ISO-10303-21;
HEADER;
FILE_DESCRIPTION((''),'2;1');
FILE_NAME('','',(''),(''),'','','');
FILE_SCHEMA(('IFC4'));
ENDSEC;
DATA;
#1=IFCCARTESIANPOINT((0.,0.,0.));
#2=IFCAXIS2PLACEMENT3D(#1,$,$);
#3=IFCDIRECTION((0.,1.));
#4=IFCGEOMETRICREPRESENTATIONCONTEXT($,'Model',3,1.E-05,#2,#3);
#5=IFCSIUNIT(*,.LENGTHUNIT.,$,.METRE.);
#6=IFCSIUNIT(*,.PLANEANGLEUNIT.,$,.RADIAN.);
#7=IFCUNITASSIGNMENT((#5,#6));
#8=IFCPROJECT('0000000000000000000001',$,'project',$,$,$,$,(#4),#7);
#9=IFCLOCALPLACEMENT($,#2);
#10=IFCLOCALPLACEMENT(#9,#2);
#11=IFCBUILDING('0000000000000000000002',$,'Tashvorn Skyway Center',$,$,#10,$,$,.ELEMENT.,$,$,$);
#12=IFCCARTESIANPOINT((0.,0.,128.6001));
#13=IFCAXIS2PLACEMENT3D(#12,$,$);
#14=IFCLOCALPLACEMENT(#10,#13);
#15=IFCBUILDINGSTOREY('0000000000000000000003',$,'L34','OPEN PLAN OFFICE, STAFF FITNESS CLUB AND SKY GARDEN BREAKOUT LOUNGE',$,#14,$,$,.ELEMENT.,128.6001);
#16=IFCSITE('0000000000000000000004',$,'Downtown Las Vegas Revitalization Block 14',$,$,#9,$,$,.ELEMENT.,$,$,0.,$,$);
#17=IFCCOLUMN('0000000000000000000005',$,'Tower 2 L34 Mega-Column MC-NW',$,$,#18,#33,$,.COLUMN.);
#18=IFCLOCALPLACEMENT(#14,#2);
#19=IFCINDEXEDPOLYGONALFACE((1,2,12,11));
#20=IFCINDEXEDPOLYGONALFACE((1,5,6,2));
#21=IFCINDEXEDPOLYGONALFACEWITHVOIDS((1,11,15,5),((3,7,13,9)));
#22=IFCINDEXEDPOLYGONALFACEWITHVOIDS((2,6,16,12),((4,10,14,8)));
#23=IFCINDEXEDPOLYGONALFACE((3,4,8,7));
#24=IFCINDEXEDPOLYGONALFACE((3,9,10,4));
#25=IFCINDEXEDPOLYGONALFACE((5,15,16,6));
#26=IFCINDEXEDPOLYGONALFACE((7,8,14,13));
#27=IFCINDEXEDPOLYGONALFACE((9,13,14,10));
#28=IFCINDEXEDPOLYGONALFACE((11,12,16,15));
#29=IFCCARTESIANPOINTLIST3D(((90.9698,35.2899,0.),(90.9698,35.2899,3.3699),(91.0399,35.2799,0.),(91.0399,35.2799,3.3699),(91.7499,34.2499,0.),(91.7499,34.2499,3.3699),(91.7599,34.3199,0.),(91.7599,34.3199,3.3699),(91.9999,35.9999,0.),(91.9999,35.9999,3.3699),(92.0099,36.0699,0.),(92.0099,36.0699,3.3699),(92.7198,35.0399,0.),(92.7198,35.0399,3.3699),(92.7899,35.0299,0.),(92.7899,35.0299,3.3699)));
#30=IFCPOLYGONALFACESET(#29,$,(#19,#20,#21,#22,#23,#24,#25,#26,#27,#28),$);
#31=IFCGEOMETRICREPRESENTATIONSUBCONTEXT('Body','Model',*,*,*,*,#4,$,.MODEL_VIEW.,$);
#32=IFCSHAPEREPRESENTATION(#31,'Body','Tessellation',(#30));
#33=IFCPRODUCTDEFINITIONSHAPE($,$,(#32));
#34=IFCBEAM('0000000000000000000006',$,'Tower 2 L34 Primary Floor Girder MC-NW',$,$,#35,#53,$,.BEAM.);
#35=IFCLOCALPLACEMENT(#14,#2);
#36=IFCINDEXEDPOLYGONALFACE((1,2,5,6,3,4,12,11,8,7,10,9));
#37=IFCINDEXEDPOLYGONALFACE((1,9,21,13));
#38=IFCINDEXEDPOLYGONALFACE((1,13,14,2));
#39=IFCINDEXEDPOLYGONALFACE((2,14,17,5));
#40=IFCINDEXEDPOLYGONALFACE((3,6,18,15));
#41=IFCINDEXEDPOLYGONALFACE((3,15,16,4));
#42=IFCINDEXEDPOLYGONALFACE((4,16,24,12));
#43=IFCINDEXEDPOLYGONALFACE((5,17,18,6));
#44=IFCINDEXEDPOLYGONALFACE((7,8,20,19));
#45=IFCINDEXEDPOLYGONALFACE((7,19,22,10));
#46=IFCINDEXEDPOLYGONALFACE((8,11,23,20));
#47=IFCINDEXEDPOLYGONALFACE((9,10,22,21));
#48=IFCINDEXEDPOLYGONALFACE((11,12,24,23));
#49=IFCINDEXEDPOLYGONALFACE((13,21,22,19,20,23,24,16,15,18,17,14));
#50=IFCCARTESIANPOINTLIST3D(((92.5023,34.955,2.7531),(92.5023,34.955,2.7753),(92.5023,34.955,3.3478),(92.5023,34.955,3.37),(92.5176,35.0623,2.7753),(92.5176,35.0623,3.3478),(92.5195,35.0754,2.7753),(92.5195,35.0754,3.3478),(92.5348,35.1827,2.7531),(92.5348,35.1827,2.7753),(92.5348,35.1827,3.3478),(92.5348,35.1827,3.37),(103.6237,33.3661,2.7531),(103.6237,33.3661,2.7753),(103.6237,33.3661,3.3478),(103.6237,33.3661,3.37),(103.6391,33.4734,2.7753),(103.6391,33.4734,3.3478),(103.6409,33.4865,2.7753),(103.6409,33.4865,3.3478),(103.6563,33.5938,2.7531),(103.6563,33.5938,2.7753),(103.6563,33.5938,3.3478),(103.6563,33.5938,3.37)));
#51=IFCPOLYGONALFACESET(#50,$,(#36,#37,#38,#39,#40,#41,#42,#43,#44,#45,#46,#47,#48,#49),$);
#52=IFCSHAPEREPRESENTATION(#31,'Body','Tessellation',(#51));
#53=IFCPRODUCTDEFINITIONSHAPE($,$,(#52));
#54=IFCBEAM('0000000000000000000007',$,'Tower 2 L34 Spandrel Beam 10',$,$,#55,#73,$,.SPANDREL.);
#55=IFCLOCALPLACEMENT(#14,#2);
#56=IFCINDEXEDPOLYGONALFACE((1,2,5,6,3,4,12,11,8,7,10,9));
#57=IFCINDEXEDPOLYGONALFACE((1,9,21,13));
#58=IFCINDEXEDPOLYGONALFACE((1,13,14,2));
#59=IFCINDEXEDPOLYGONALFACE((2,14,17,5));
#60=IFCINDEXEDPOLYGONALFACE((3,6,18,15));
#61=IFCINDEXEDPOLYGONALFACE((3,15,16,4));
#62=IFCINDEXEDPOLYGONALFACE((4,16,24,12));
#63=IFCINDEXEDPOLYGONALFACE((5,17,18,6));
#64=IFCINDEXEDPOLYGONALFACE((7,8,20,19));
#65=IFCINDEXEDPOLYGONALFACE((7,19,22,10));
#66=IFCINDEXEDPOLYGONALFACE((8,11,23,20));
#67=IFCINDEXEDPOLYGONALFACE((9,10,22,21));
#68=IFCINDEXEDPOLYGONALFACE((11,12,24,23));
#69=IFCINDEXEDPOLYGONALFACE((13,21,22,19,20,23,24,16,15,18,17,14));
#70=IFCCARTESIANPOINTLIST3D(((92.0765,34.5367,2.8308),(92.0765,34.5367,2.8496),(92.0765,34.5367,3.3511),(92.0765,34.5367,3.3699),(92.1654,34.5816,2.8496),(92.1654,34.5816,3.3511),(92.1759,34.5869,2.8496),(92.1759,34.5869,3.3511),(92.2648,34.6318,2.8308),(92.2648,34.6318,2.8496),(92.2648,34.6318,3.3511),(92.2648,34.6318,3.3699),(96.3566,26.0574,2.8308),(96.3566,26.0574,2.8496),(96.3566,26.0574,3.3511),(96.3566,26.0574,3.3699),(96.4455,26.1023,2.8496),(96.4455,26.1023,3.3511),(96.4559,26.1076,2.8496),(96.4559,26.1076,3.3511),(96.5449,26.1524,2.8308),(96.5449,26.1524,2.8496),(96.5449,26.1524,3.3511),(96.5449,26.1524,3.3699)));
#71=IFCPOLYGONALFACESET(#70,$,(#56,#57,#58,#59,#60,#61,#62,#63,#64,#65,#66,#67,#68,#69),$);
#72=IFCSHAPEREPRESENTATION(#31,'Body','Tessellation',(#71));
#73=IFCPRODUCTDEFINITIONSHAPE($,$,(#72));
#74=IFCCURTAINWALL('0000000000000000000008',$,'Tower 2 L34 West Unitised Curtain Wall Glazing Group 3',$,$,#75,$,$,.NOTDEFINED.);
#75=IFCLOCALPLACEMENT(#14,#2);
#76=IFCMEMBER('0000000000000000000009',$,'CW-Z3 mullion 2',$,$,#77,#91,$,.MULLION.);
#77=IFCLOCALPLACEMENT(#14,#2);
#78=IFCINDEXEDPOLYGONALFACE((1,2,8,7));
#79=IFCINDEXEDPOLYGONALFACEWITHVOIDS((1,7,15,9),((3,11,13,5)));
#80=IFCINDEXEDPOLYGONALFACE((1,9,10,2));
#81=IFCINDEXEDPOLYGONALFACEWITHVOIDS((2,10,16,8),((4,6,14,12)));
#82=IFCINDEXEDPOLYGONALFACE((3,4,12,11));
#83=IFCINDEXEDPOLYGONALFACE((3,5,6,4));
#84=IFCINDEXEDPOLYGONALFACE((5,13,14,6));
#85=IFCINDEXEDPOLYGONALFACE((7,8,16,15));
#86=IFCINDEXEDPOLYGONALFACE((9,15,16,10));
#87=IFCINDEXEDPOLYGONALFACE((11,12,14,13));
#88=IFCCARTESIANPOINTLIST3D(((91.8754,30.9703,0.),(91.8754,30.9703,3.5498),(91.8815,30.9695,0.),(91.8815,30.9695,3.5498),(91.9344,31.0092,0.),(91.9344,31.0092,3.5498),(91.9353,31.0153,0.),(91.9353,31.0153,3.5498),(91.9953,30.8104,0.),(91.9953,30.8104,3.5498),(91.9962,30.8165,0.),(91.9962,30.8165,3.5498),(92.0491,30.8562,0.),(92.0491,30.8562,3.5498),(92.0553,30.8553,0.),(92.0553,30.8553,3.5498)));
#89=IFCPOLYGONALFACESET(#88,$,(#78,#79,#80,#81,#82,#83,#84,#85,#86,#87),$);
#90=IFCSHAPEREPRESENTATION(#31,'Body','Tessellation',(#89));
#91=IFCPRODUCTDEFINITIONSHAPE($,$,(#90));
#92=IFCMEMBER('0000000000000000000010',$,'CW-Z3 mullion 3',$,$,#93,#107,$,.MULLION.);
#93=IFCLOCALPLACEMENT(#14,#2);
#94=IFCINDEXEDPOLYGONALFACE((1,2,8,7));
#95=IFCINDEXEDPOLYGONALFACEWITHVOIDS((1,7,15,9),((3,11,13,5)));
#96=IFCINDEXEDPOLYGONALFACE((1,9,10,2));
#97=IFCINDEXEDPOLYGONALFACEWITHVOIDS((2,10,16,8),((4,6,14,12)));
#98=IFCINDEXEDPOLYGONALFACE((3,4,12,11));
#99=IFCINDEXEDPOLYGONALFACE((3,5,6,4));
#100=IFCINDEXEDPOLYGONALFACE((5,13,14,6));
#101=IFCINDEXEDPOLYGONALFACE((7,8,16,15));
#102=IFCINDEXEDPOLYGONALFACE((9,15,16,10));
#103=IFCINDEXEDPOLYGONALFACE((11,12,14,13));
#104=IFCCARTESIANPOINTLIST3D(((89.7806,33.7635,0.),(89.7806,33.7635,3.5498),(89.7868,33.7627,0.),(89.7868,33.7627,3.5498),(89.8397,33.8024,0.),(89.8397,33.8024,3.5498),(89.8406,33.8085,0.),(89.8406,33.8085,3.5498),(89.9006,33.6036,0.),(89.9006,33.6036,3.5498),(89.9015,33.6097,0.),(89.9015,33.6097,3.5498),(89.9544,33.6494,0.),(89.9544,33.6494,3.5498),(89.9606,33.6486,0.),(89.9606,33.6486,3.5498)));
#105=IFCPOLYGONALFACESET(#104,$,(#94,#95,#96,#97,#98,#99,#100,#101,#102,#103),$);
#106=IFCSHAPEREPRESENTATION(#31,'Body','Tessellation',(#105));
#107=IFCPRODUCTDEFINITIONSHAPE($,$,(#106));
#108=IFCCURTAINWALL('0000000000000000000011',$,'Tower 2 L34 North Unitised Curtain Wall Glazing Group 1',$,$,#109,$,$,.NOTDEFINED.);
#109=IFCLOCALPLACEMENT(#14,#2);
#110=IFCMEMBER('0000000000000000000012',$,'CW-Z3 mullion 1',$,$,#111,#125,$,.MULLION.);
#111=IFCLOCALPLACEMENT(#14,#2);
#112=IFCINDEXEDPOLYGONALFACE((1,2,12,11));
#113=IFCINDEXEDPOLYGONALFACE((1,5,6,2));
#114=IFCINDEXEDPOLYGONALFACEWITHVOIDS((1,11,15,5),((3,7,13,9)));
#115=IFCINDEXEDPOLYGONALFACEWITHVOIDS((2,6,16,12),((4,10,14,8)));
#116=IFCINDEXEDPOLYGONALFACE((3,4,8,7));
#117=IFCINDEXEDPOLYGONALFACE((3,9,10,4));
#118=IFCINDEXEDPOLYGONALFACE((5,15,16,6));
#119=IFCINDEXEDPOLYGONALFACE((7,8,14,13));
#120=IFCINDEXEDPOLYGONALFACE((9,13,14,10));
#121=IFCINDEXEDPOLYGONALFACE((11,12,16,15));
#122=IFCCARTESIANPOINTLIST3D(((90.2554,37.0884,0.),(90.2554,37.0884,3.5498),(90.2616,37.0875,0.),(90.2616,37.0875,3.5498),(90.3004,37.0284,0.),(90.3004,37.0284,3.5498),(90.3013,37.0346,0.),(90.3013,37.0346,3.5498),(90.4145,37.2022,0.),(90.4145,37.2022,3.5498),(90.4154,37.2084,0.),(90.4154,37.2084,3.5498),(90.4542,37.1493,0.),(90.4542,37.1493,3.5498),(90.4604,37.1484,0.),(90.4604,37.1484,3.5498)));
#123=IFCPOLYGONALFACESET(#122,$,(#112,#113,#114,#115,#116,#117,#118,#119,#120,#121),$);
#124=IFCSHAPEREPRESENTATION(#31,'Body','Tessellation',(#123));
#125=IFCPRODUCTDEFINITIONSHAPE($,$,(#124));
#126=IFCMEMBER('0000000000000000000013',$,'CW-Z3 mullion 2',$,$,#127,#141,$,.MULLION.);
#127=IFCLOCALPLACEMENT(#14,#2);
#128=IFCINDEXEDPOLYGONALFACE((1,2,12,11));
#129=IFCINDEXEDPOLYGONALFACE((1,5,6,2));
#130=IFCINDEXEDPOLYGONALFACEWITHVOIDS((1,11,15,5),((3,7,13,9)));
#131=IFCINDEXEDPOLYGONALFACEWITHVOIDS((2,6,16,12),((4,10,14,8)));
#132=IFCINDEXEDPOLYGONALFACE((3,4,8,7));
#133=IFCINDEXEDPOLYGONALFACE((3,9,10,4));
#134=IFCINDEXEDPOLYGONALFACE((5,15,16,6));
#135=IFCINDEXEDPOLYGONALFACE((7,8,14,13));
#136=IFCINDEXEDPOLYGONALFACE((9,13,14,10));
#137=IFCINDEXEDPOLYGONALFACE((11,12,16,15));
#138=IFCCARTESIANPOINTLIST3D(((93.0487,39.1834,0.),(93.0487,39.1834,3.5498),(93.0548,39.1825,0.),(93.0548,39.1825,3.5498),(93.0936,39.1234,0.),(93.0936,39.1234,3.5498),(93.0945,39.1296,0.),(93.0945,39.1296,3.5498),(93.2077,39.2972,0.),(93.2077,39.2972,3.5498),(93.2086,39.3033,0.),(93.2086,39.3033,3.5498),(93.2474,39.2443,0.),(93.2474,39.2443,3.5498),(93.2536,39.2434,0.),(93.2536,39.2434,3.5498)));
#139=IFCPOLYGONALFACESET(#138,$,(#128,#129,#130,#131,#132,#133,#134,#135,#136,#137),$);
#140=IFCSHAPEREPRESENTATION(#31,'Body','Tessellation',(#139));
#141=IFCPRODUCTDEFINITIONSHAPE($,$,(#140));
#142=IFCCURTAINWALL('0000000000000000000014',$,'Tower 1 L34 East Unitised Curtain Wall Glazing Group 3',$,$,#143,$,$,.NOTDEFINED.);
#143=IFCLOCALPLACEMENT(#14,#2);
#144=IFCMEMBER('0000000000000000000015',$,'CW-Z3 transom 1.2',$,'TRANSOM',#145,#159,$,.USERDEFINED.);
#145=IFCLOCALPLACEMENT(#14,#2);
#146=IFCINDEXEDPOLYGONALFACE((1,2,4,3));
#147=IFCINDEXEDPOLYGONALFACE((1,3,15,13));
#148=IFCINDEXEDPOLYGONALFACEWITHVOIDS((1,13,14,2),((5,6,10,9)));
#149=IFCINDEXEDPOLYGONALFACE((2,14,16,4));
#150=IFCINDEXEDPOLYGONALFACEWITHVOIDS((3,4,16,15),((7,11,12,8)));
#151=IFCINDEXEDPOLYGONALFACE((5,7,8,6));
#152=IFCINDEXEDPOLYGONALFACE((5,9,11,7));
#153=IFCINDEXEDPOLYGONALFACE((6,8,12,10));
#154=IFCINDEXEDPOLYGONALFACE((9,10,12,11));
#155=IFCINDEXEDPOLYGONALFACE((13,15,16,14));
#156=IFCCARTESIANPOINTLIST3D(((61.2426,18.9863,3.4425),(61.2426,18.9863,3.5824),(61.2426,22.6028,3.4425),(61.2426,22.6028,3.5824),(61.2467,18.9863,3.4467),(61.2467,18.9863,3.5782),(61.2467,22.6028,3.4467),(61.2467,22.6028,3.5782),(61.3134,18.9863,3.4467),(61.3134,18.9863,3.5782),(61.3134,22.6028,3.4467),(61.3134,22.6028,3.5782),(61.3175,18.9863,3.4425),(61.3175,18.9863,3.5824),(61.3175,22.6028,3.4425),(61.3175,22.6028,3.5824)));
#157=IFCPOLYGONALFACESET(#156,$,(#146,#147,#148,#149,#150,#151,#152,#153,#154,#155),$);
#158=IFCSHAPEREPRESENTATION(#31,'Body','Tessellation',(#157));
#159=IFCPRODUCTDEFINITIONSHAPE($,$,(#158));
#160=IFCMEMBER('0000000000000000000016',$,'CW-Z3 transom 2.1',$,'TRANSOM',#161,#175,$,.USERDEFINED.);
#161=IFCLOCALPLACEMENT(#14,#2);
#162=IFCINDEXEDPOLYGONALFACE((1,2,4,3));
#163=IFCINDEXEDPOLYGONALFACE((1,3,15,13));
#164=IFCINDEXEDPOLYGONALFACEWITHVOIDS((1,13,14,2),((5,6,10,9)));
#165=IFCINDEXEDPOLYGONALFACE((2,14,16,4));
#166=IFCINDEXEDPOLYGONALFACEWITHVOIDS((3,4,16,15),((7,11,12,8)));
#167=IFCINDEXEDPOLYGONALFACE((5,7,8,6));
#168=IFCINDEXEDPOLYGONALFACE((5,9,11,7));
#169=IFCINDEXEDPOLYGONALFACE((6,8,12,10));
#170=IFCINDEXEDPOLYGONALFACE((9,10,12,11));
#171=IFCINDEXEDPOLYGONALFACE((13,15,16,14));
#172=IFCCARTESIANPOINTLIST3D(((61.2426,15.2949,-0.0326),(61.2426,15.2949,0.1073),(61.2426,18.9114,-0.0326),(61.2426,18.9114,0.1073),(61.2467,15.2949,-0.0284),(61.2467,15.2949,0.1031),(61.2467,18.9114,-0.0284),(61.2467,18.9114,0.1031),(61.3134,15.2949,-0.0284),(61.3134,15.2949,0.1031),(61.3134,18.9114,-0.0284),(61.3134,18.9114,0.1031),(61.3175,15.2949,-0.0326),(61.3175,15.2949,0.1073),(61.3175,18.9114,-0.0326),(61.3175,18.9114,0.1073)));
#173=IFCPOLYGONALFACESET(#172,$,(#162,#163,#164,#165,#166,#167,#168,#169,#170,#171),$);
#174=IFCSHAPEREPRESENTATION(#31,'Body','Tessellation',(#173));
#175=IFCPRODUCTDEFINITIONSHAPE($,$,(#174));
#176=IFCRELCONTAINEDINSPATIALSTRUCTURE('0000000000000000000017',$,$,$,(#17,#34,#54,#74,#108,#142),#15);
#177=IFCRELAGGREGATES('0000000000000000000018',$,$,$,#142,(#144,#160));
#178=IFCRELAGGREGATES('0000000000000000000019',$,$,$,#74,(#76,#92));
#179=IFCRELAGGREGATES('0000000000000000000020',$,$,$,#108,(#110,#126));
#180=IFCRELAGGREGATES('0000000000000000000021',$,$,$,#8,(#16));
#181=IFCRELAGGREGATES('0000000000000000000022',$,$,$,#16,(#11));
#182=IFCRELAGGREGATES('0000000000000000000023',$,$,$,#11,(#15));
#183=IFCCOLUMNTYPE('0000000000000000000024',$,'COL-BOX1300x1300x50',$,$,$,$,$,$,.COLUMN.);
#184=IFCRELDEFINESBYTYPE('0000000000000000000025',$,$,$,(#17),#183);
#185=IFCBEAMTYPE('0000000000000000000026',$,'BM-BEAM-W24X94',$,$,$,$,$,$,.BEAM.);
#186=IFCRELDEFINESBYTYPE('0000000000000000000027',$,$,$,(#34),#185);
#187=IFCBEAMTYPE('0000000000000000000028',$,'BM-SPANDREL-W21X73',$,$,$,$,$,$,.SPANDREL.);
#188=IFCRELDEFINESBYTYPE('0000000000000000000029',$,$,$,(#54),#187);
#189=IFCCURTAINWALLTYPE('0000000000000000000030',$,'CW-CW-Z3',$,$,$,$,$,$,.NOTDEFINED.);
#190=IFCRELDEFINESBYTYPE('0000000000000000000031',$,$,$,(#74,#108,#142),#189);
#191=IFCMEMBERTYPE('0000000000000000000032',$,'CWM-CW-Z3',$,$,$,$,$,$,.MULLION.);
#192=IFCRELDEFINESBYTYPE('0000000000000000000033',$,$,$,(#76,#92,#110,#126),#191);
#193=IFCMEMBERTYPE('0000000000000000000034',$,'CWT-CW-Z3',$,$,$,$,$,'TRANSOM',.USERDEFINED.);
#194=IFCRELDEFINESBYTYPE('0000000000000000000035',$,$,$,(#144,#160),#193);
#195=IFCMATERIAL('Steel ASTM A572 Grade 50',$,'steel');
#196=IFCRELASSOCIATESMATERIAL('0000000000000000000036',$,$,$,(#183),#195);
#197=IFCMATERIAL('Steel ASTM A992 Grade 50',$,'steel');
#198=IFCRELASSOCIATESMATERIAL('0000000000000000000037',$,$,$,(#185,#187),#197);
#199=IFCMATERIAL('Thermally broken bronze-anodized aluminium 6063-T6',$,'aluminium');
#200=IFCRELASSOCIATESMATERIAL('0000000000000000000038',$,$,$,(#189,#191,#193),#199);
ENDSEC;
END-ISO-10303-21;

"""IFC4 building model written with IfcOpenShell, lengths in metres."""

from ifc_helpers import new_model, si_unit, direction, frame, origin, origin_2d, place, context, subcontext, project, spatial, hollow_rectangle, i_section, extrude, material, material_profile, profile_set, type_object, element, aggregate, save


model = new_model("IFC4")

# Units and contexts
model_context = context("Model", 3, precision=1e-05, world=origin(), true_north=direction((0.0, 1.0)))
body_context = subcontext(model_context, "Body", "Model", "MODEL_VIEW")
ifc_project = project(units=[si_unit("LENGTHUNIT", "METRE"), si_unit("PLANEANGLEUNIT", "RADIAN")], contexts=[model_context])

# Site, building, storey
site_placement = place(None, origin())
site = spatial("IfcSite", under=ifc_project, at=site_placement, Name="Downtown Las Vegas Revitalization Block 14", CompositionType="ELEMENT", RefElevation=0.0)
building_placement = place(site_placement, origin())
building = spatial("IfcBuilding", under=site, at=building_placement, Name="Tashvorn Skyway Center", CompositionType="ELEMENT")
storey_placement = place(building_placement, frame((0.0, 0.0, 128.6001)))
storey = spatial("IfcBuildingStorey", under=building, at=storey_placement, Name="L34", Description="OPEN PLAN OFFICE, STAFF FITNESS CLUB AND SKY GARDEN BREAKOUT LOUNGE", CompositionType="ELEMENT", Elevation=128.6001)

# Column
ifc_material_1 = material(Name="Steel ASTM A572 Grade 50", Category="steel")
ifc_material_profile_1 = material_profile(ifc_material_1, hollow_rectangle(XDim=1.3, YDim=1.3, WallThickness=0.05, at=origin_2d()), Name="BOX1300x1300x50")
ifc_profile_set_1 = profile_set([ifc_material_profile_1], Name="Steel ASTM A572 Grade 50")
column_type = type_object("IfcColumnType", Name="COL-BOX1300x1300x50", PredefinedType="COLUMN", material=ifc_profile_set_1)
column_placement = place(storey_placement, frame((91.8799, 35.1599, 0.0), z_axis=(0.0, 0.0, 1.0), x_axis=(0.8, 0.6, 0.0)))
element("IfcColumn", 1, at=column_placement, inside=storey, type_object=column_type, Name="Tower 2 L34 Mega-Column MC-NW", PredefinedType="COLUMN", context=body_context, shape_type="SweptSolid", body=[
    extrude(hollow_rectangle(XDim=1.3, YDim=1.3, WallThickness=0.05, at=origin_2d()), origin(), (0.0, 0.0, 1.0), 3.3699),
])

# Beams
ifc_material_2 = material(Name="Steel ASTM A992 Grade 50", Category="steel")
ifc_material_profile_2 = material_profile(ifc_material_2, i_section(OverallWidth=0.23, OverallDepth=0.6169, WebThickness=0.0132, FlangeThickness=0.0222, at=origin_2d()), Name="W24X94")
ifc_profile_set_2 = profile_set([ifc_material_profile_2], Name="Steel ASTM A992 Grade 50")
beam_type_1 = type_object("IfcBeamType", Name="BM-BEAM-W24X94", PredefinedType="BEAM", material=ifc_profile_set_2)
beam_1_placement = place(storey_placement, frame((92.5186, 35.0688, 3.0615), z_axis=(0.989948, -0.14143, 0.0), x_axis=(0.14143, 0.989948, 0.0)))
element("IfcBeam", 2, at=beam_1_placement, inside=storey, type_object=beam_type_1, Name="Tower 2 L34 Primary Floor Girder MC-NW", PredefinedType="BEAM", context=body_context, shape_type="SweptSolid", body=[
    extrude(i_section(OverallWidth=0.23, OverallDepth=0.6169, WebThickness=0.0132, FlangeThickness=0.0222, at=origin_2d()), origin(), (0.0, 0.0, 1.0), 11.2344),
])
ifc_material_profile_3 = material_profile(ifc_material_2, i_section(OverallWidth=0.2109, OverallDepth=0.5391, WebThickness=0.0117, FlangeThickness=0.0188, at=origin_2d()), Name="W21X73")
ifc_profile_set_3 = profile_set([ifc_material_profile_3], Name="Steel ASTM A992 Grade 50")
beam_type_2 = type_object("IfcBeamType", Name="BM-SPANDREL-W21X73", PredefinedType="SPANDREL", material=ifc_profile_set_3)
beam_2_placement = place(storey_placement, frame((92.1707, 34.5842, 3.1003), z_axis=(0.450614, -0.892719, 0.0), x_axis=(0.892719, 0.450614, 0.0)))
element("IfcBeam", 3, at=beam_2_placement, inside=storey, type_object=beam_type_2, Name="Tower 2 L34 Spandrel Beam 10", PredefinedType="SPANDREL", context=body_context, shape_type="SweptSolid", body=[
    extrude(i_section(OverallWidth=0.2109, OverallDepth=0.5391, WebThickness=0.0117, FlangeThickness=0.0188, at=origin_2d()), origin(), (0.0, 0.0, 1.0), 9.4983),
])

# Curtain walls, members
ifc_material_3 = material(Name="Thermally broken bronze-anodized aluminium 6063-T6", Category="aluminium")
curtain_wall_type = type_object("IfcCurtainWallType", Name="CW-CW-Z3", PredefinedType="NOTDEFINED", material=ifc_material_3)
curtain_wall_1_placement = place(storey_placement, origin())
curtain_wall_1 = element("IfcCurtainWall", 4, at=curtain_wall_1_placement, inside=storey, type_object=curtain_wall_type, Name="Tower 2 L34 West Unitised Curtain Wall Glazing Group 3", PredefinedType="NOTDEFINED")
ifc_material_profile_4 = material_profile(ifc_material_3, hollow_rectangle(XDim=0.075, YDim=0.2, WallThickness=0.0044, at=origin_2d()), Name="ALU-MULL-75x200")
ifc_profile_set_4 = profile_set([ifc_material_profile_4], Name="Thermally broken bronze-anodized aluminium 6063-T6")
member_type_1 = type_object("IfcMemberType", Name="CWM-CW-Z3", PredefinedType="MULLION", material=ifc_profile_set_4)
member_1_placement = place(storey_placement, frame((91.9653, 30.9128, 0.0), z_axis=(0.0, 0.0, 1.0), x_axis=(-0.799997, -0.600005, 0.0)))
member_1 = element("IfcMember", 5, at=member_1_placement, type_object=member_type_1, Name="CW-Z3 mullion 2", PredefinedType="MULLION", context=body_context, shape_type="SweptSolid", body=[
    extrude(hollow_rectangle(XDim=0.075, YDim=0.2, WallThickness=0.0044, at=origin_2d()), origin(), (0.0, 0.0, 1.0), 3.5498),
])
member_2_placement = place(storey_placement, frame((89.8706, 33.7061, 0.0), z_axis=(0.0, 0.0, 1.0), x_axis=(-0.799997, -0.600005, 0.0)))
member_2 = element("IfcMember", 6, at=member_2_placement, type_object=member_type_1, Name="CW-Z3 mullion 3", PredefinedType="MULLION", context=body_context, shape_type="SweptSolid", body=[
    extrude(hollow_rectangle(XDim=0.075, YDim=0.2, WallThickness=0.0044, at=origin_2d()), origin(), (0.0, 0.0, 1.0), 3.5498),
])
curtain_wall_2_placement = place(storey_placement, origin())
curtain_wall_2 = element("IfcCurtainWall", 7, at=curtain_wall_2_placement, inside=storey, type_object=curtain_wall_type, Name="Tower 2 L34 North Unitised Curtain Wall Glazing Group 1", PredefinedType="NOTDEFINED")
member_3_placement = place(storey_placement, frame((90.3579, 37.1184, 0.0), z_axis=(0.0, 0.0, 1.0), x_axis=(-0.600005, 0.799997, 0.0)))
member_3 = element("IfcMember", 8, at=member_3_placement, type_object=member_type_1, Name="CW-Z3 mullion 1", PredefinedType="MULLION", context=body_context, shape_type="SweptSolid", body=[
    extrude(hollow_rectangle(XDim=0.075, YDim=0.2, WallThickness=0.0044, at=origin_2d()), origin(), (0.0, 0.0, 1.0), 3.5498),
])
member_4_placement = place(storey_placement, frame((93.1511, 39.2134, 0.0), z_axis=(0.0, 0.0, 1.0), x_axis=(-0.600005, 0.799997, 0.0)))
member_4 = element("IfcMember", 9, at=member_4_placement, type_object=member_type_1, Name="CW-Z3 mullion 2", PredefinedType="MULLION", context=body_context, shape_type="SweptSolid", body=[
    extrude(hollow_rectangle(XDim=0.075, YDim=0.2, WallThickness=0.0044, at=origin_2d()), origin(), (0.0, 0.0, 1.0), 3.5498),
])
curtain_wall_3_placement = place(storey_placement, origin())
curtain_wall_3 = element("IfcCurtainWall", 10, at=curtain_wall_3_placement, inside=storey, type_object=curtain_wall_type, Name="Tower 1 L34 East Unitised Curtain Wall Glazing Group 3", PredefinedType="NOTDEFINED")
ifc_material_profile_5 = material_profile(ifc_material_3, hollow_rectangle(XDim=0.075, YDim=0.1399, WallThickness=0.0042, at=origin_2d()), Name="ALU-TRAN-75x140")
ifc_profile_set_5 = profile_set([ifc_material_profile_5], Name="Thermally broken bronze-anodized aluminium 6063-T6")
member_type_2 = type_object("IfcMemberType", Name="CWT-CW-Z3", ElementType="TRANSOM", PredefinedType="USERDEFINED", material=ifc_profile_set_5)
member_5_placement = place(storey_placement, frame((61.28, 22.6028, 3.5125), z_axis=(0.0, -1.0, 0.0), x_axis=(1.0, 0.0, 0.0)))
member_5 = element("IfcMember", 11, at=member_5_placement, type_object=member_type_2, Name="CW-Z3 transom 1.2", ObjectType="TRANSOM", PredefinedType="USERDEFINED", context=body_context, shape_type="SweptSolid", body=[
    extrude(hollow_rectangle(XDim=0.075, YDim=0.1399, WallThickness=0.0042, at=origin_2d()), origin(), (0.0, 0.0, 1.0), 3.6165),
])
member_6_placement = place(storey_placement, frame((61.28, 18.9114, 0.0374), z_axis=(0.0, -1.0, 0.0), x_axis=(1.0, 0.0, 0.0)))
member_6 = element("IfcMember", 12, at=member_6_placement, type_object=member_type_2, Name="CW-Z3 transom 2.1", ObjectType="TRANSOM", PredefinedType="USERDEFINED", context=body_context, shape_type="SweptSolid", body=[
    extrude(hollow_rectangle(XDim=0.075, YDim=0.1399, WallThickness=0.0042, at=origin_2d()), origin(), (0.0, 0.0, 1.0), 3.6165),
])

aggregate(curtain_wall_3, [member_5, member_6])
aggregate(curtain_wall_1, [member_1, member_2])
aggregate(curtain_wall_2, [member_3, member_4])

save(model, "model.ifc")
